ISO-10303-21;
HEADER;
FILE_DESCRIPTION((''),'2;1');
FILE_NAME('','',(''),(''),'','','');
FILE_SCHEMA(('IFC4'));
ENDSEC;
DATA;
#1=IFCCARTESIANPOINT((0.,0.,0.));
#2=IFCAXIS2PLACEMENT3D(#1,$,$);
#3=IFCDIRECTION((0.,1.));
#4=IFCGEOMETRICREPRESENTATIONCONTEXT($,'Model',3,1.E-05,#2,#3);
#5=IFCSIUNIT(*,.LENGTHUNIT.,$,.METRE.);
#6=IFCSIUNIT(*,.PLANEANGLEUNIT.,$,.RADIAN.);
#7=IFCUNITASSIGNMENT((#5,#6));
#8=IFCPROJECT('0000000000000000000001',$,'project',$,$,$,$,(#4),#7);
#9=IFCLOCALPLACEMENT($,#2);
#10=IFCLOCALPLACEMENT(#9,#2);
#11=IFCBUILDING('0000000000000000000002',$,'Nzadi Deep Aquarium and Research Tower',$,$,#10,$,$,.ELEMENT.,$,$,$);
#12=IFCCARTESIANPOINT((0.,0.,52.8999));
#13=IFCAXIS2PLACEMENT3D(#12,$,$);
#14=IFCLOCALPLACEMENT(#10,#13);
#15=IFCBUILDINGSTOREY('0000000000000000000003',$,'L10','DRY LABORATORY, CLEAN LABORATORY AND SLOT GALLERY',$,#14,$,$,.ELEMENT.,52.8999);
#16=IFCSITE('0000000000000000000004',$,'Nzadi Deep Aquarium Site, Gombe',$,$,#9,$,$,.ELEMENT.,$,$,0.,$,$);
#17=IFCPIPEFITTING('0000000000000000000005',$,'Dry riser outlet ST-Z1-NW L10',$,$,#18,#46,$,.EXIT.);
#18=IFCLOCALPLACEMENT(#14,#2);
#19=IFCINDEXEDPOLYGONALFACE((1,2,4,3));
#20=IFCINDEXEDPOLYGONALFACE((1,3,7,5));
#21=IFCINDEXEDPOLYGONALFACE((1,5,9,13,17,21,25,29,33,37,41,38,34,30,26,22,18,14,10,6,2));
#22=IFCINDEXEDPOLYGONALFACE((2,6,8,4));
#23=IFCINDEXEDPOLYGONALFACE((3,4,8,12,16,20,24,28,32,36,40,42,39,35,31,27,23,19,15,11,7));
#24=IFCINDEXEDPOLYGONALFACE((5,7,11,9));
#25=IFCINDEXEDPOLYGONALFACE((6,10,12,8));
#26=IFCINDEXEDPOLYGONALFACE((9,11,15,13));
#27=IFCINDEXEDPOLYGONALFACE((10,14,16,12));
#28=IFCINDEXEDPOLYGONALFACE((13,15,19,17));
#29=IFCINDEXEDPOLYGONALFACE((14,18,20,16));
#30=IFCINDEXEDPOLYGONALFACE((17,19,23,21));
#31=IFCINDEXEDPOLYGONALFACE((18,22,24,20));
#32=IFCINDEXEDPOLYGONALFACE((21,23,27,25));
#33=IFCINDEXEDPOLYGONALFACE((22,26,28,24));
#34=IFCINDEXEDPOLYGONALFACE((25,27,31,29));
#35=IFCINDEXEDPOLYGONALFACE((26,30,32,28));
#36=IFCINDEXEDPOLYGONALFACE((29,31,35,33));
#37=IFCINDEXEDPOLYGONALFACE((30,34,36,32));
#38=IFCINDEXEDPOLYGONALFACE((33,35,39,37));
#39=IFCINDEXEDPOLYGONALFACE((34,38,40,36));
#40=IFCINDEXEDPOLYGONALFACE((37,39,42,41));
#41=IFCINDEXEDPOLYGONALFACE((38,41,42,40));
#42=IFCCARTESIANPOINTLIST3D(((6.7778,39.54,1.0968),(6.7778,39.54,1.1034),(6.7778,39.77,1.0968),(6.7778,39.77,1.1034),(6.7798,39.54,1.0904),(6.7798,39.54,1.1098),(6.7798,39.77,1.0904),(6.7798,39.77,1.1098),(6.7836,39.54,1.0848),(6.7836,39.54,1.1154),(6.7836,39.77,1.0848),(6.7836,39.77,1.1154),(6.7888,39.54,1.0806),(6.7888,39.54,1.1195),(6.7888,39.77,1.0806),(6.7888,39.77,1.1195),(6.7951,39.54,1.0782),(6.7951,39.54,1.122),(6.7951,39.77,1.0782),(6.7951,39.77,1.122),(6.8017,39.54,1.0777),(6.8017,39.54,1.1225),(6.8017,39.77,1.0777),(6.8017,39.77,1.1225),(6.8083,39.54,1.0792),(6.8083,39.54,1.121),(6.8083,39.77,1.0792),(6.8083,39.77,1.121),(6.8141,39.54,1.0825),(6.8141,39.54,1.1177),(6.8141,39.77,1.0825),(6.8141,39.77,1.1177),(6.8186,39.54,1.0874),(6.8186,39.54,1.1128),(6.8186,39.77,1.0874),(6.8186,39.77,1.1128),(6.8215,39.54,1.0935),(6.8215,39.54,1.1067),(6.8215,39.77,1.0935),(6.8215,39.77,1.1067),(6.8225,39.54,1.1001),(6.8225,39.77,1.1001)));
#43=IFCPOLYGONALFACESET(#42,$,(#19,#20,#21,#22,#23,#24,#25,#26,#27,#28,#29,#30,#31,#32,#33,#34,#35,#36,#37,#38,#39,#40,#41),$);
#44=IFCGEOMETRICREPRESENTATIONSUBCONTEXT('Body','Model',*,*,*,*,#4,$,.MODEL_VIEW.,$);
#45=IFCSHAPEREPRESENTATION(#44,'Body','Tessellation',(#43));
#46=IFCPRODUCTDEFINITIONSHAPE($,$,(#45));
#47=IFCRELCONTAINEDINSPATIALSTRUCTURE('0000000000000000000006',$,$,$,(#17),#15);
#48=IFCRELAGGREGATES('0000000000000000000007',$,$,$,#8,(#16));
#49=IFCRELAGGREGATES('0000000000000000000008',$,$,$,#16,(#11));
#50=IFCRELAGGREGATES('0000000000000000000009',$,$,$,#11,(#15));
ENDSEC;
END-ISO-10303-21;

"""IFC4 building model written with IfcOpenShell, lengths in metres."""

from ifc_helpers import new_model, si_unit, direction, frame, origin, origin_2d, place, context, subcontext, project, spatial, circle, extrude, element, save


model = new_model("IFC4")

# Units and contexts
model_context = context("Model", 3, precision=1e-05, world=origin(), true_north=direction((0.0, 1.0)))
body_context = subcontext(model_context, "Body", "Model", "MODEL_VIEW")
ifc_project = project(units=[si_unit("LENGTHUNIT", "METRE"), si_unit("PLANEANGLEUNIT", "RADIAN")], contexts=[model_context])

# Site, building, storey
site_placement = place(None, origin())
site = spatial("IfcSite", under=ifc_project, at=site_placement, Name="Nzadi Deep Aquarium Site, Gombe", CompositionType="ELEMENT", RefElevation=0.0)
building_placement = place(site_placement, origin())
building = spatial("IfcBuilding", under=site, at=building_placement, Name="Nzadi Deep Aquarium and Research Tower", CompositionType="ELEMENT")
storey_placement = place(building_placement, frame((0.0, 0.0, 52.8999)))
storey = spatial("IfcBuildingStorey", under=building, at=storey_placement, Name="L10", Description="DRY LABORATORY, CLEAN LABORATORY AND SLOT GALLERY", CompositionType="ELEMENT", Elevation=52.8999)

# Pipe fitting
pipe_fitting_placement = place(storey_placement, frame((6.8, 39.77, 1.1001), z_axis=(0.0, -1.0, 0.0), x_axis=(1.0, 0.0, 0.0)))
element("IfcPipeFitting", 1, at=pipe_fitting_placement, inside=storey, Name="Dry riser outlet ST-Z1-NW L10", PredefinedType="EXIT", context=body_context, shape_type="SweptSolid", body=[
    extrude(circle(Radius=0.0225, at=origin_2d()), origin(), (0.0, 0.0, 1.0), 0.23),
])

save(model, "model.ifc")
